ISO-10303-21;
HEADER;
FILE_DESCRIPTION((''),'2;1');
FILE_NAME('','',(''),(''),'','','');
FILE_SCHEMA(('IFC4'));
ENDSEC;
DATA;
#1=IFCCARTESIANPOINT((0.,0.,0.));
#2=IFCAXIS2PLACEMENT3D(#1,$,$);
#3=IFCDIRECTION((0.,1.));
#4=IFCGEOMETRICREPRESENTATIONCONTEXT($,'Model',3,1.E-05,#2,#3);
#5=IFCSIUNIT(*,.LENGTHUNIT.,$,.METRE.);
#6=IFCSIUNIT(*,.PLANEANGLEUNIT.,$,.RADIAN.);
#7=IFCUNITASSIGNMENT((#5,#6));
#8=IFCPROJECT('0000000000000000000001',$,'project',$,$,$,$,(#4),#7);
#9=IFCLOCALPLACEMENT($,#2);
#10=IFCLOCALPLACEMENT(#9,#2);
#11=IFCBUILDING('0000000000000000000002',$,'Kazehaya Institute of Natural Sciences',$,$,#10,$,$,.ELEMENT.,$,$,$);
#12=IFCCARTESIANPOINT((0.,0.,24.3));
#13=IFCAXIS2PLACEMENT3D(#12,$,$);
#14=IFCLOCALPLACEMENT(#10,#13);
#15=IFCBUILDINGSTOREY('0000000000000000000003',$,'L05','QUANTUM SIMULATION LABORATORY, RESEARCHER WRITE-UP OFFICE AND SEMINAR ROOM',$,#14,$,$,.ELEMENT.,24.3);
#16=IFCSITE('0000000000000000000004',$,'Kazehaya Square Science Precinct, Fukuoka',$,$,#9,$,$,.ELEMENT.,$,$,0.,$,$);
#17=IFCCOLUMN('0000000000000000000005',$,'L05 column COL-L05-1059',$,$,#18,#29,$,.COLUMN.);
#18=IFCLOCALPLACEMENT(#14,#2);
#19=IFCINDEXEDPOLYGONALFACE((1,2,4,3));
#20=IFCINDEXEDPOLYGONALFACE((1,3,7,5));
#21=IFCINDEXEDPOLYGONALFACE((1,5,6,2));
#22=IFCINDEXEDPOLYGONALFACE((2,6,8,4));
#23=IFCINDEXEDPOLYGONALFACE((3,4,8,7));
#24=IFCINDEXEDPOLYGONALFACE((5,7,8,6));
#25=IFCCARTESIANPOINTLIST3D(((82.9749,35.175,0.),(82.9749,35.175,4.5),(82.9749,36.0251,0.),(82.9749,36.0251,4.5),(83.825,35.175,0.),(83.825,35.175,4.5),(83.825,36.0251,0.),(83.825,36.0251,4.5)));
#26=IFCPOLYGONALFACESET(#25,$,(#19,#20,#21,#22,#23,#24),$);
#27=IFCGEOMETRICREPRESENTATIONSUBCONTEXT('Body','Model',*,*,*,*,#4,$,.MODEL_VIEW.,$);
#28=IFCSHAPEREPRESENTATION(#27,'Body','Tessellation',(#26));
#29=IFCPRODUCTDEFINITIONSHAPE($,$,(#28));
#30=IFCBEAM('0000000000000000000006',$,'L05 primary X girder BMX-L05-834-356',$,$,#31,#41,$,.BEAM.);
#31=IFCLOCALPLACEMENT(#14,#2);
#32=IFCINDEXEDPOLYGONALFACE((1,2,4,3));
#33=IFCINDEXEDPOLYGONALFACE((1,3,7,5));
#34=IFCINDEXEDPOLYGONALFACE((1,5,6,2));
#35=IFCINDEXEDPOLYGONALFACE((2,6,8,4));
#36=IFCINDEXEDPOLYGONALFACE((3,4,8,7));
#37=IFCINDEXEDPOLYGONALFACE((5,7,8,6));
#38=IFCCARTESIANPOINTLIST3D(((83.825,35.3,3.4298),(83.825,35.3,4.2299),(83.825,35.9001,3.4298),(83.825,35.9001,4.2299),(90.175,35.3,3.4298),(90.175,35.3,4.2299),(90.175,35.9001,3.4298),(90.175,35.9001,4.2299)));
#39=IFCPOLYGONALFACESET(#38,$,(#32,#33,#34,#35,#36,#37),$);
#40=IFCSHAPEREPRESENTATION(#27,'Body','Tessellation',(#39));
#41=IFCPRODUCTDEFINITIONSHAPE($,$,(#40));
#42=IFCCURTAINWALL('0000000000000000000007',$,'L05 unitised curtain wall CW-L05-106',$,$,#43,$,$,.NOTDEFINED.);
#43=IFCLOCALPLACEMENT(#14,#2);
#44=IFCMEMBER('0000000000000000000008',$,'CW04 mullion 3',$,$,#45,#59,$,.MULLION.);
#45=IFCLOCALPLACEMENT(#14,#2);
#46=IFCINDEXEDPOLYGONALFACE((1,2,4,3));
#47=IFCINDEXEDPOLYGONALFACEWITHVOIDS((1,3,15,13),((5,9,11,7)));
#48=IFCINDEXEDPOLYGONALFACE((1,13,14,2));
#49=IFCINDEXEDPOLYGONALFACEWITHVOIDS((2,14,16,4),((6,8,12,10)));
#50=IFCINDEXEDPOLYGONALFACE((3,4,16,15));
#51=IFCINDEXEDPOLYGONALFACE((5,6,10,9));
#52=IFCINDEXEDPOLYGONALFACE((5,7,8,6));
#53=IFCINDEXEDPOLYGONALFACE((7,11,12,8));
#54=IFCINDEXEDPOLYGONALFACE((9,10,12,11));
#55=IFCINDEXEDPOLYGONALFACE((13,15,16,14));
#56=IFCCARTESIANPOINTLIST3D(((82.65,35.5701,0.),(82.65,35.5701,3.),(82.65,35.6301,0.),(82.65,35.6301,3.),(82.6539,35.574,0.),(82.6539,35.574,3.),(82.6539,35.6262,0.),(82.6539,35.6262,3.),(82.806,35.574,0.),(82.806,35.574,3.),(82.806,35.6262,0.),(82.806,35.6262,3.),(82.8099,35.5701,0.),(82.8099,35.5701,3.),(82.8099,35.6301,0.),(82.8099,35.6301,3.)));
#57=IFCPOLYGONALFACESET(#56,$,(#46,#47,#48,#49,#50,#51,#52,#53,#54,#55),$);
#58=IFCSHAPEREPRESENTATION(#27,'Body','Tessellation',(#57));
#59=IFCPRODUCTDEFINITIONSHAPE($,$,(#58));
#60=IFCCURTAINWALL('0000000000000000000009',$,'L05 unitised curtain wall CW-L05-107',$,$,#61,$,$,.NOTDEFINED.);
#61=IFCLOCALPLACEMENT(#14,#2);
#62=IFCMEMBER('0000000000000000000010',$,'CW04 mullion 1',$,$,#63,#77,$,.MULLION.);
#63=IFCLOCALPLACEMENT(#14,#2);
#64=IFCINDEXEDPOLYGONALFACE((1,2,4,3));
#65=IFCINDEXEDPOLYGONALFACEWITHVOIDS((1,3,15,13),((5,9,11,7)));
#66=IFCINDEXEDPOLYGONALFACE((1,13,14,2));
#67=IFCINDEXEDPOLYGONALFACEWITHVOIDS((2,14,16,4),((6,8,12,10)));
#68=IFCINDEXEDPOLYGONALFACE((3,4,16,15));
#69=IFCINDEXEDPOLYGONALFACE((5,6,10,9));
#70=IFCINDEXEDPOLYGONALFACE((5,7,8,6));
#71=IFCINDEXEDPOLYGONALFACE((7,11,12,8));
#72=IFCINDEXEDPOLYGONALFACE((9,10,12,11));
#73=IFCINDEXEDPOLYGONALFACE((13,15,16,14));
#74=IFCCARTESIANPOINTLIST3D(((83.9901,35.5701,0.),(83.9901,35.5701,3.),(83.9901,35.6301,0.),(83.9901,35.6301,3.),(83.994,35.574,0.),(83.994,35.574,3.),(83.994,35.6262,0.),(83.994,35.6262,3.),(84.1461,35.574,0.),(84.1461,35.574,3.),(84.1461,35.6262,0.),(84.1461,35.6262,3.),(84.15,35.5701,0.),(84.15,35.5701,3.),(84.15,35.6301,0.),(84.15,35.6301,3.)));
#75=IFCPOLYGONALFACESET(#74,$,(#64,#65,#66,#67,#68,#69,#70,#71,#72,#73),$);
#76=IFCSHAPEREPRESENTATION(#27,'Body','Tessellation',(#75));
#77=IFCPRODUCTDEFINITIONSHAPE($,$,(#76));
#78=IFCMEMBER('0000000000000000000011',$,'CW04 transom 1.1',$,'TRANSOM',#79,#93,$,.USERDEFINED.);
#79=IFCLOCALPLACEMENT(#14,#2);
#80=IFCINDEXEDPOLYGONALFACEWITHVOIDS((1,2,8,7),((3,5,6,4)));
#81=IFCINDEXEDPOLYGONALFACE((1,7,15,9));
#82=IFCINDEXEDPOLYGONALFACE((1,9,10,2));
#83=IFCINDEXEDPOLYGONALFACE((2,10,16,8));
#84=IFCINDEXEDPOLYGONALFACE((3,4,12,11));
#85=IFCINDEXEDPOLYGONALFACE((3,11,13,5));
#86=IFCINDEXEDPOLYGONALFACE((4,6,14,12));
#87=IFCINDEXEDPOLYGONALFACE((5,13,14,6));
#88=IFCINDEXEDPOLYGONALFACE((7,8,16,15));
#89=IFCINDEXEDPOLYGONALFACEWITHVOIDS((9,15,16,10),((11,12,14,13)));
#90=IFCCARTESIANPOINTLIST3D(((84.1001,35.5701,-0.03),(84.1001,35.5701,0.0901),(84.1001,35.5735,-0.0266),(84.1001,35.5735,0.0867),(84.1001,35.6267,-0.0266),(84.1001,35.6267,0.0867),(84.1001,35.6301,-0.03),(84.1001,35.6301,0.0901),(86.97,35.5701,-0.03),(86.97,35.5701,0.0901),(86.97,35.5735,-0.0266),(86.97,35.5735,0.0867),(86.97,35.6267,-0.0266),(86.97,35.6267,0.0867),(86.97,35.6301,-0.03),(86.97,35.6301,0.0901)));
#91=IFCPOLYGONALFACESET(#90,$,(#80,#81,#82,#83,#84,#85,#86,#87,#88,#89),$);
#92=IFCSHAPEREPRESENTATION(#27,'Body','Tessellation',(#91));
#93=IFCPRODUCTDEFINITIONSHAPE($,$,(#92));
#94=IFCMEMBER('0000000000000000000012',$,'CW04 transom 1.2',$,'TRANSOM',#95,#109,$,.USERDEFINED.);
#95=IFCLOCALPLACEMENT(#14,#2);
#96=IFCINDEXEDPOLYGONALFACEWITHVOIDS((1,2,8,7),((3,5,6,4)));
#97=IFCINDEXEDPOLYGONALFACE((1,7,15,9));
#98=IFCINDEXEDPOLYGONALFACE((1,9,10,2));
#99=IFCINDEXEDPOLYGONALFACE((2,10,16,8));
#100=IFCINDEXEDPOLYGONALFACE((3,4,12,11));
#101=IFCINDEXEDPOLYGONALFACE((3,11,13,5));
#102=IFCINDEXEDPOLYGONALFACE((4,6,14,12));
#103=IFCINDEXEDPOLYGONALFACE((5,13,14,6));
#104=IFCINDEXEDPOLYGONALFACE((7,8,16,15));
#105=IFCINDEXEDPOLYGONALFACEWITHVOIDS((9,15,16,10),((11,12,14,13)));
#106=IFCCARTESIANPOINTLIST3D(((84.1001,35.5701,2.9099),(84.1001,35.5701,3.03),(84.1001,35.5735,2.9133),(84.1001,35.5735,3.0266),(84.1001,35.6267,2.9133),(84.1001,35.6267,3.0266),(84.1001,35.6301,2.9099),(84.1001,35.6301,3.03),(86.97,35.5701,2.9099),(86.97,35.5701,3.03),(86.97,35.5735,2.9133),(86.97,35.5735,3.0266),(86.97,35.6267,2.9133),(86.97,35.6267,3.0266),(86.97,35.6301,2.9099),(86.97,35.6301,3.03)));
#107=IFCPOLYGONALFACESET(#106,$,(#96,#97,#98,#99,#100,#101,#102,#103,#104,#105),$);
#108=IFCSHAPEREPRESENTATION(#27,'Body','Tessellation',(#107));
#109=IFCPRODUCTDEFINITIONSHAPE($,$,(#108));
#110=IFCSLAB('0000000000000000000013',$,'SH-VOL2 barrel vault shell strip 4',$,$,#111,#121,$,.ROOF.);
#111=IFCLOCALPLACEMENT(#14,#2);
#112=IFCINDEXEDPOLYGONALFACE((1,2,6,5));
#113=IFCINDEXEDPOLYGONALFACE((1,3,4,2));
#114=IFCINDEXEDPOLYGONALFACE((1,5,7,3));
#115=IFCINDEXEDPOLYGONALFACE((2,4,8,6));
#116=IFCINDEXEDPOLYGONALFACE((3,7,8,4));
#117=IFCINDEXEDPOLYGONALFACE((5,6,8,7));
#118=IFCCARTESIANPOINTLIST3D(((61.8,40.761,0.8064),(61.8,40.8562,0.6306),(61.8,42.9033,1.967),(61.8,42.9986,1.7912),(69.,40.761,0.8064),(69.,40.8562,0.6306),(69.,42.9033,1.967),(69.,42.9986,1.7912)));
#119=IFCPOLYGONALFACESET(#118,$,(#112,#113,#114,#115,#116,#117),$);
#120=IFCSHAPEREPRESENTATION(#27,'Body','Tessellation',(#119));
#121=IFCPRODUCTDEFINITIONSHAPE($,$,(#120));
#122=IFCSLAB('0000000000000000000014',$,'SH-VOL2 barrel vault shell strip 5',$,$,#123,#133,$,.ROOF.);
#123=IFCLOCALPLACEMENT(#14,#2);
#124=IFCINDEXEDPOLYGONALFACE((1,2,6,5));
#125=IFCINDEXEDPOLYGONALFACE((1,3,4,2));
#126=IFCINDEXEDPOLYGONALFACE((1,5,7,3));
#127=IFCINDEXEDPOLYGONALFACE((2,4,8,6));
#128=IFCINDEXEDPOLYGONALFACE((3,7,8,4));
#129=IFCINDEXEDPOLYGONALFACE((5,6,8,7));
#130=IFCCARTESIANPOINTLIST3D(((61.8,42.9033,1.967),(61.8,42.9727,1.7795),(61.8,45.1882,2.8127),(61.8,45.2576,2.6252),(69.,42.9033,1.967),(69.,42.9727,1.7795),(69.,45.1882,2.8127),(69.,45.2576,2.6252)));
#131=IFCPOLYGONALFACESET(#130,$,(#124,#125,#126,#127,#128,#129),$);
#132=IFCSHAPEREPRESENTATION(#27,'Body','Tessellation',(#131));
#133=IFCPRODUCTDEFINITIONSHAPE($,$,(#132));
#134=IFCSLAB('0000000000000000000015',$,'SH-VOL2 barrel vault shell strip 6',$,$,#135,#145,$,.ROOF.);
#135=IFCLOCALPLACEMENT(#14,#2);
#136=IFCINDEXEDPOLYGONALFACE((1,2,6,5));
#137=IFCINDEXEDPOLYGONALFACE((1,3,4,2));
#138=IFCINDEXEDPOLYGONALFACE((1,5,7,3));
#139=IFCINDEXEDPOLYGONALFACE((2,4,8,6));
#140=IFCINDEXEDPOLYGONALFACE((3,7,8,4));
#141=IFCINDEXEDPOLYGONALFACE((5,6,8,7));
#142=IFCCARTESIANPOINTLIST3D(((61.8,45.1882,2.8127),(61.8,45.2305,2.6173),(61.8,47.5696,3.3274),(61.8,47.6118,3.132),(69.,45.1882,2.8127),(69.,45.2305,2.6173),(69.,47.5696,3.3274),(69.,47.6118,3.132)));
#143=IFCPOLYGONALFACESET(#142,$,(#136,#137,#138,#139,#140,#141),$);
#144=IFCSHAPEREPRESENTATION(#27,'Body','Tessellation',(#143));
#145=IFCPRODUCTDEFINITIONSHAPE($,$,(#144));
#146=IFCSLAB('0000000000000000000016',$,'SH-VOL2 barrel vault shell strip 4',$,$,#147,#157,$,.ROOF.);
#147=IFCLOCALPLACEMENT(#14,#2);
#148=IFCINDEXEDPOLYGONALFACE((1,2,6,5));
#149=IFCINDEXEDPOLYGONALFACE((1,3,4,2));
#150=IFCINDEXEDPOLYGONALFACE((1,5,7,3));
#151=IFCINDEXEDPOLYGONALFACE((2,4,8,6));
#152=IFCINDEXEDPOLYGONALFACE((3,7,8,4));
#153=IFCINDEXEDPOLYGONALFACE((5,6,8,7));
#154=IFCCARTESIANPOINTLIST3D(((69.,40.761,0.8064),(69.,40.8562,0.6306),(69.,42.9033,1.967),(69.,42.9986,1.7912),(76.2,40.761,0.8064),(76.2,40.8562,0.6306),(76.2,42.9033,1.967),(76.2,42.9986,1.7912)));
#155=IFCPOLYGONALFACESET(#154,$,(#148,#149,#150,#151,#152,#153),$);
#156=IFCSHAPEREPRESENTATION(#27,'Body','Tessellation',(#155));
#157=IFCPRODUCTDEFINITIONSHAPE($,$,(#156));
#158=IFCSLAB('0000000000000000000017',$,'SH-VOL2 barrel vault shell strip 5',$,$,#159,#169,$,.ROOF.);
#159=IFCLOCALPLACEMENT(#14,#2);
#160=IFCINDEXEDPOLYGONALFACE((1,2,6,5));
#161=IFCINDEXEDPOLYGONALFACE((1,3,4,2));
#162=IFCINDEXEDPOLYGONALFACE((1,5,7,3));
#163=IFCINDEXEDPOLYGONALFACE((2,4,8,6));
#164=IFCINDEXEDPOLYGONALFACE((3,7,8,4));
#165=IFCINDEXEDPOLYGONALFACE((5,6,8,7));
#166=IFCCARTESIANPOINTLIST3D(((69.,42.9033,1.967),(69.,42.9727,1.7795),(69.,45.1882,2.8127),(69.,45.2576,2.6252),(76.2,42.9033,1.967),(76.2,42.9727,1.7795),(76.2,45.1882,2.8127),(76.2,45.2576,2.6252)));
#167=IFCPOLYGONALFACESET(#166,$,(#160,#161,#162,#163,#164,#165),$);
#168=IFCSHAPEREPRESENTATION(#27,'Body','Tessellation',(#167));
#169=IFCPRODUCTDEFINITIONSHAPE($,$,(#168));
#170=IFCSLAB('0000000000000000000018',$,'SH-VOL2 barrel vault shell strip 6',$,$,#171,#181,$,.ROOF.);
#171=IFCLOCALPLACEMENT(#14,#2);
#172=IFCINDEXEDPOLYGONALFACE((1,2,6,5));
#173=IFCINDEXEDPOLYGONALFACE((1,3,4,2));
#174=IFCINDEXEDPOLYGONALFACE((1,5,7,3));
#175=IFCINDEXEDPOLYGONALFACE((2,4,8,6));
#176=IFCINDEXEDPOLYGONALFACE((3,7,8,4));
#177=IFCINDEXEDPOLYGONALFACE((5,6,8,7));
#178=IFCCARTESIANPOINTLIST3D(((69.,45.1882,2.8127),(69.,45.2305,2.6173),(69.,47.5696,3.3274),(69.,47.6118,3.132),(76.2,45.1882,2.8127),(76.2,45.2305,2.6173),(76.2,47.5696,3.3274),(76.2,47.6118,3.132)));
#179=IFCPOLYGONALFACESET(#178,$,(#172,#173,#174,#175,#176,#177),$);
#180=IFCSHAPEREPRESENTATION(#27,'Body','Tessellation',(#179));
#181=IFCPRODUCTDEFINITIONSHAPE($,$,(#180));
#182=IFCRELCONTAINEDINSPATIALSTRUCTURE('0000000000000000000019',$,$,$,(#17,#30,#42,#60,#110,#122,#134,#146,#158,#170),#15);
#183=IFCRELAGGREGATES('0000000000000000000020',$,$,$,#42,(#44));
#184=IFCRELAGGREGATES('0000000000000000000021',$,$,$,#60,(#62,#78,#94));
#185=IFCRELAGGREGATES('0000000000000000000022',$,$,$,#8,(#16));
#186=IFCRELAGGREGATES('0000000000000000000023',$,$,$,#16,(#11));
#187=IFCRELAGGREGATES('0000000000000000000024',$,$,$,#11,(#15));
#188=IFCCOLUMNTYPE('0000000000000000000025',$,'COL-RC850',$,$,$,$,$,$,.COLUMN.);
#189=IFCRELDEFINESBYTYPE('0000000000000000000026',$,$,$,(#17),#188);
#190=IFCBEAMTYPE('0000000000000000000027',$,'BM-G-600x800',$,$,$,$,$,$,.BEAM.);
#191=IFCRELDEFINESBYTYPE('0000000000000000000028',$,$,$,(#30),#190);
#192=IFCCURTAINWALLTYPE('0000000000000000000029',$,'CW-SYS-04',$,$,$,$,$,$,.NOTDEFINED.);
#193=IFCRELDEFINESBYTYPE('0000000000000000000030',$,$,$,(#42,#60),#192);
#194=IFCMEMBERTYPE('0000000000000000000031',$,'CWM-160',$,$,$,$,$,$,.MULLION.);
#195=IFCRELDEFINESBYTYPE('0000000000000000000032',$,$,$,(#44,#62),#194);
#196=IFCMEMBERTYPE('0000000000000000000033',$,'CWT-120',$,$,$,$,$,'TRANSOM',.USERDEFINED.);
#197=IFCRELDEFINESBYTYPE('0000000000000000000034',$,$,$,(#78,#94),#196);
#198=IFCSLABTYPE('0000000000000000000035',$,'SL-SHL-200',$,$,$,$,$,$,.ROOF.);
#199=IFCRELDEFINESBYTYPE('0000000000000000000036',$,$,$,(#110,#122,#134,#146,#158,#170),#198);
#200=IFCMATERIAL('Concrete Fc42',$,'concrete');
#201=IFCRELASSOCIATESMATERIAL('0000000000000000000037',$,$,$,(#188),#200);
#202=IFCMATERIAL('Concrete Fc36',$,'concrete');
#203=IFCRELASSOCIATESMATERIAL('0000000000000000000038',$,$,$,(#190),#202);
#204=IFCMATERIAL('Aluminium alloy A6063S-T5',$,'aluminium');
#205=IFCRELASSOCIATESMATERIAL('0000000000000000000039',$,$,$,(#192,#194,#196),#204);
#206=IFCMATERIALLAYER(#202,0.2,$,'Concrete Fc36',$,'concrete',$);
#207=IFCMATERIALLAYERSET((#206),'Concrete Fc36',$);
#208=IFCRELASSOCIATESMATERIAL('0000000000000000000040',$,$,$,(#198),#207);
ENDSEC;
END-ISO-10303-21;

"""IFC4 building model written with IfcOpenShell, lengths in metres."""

from ifc_helpers import new_model, si_unit, direction, frame, origin, origin_2d, place, context, subcontext, project, spatial, polyline, rectangle, hollow_rectangle, outline, extrude, material, layer, layer_set, material_profile, profile_set, type_object, element, aggregate, save


model = new_model("IFC4")

# Units and contexts
model_context = context("Model", 3, precision=1e-05, world=origin(), true_north=direction((0.0, 1.0)))
body_context = subcontext(model_context, "Body", "Model", "MODEL_VIEW")
ifc_project = project(units=[si_unit("LENGTHUNIT", "METRE"), si_unit("PLANEANGLEUNIT", "RADIAN")], contexts=[model_context])

# Site, building, storey
site_placement = place(None, origin())
site = spatial("IfcSite", under=ifc_project, at=site_placement, Name="Kazehaya Square Science Precinct, Fukuoka", CompositionType="ELEMENT", RefElevation=0.0)
building_placement = place(site_placement, origin())
building = spatial("IfcBuilding", under=site, at=building_placement, Name="Kazehaya Institute of Natural Sciences", CompositionType="ELEMENT")
storey_placement = place(building_placement, frame((0.0, 0.0, 24.3)))
storey = spatial("IfcBuildingStorey", under=building, at=storey_placement, Name="L05", Description="QUANTUM SIMULATION LABORATORY, RESEARCHER WRITE-UP OFFICE AND SEMINAR ROOM", CompositionType="ELEMENT", Elevation=24.3)

# Column
ifc_material_1 = material(Name="Concrete Fc42", Category="concrete")
ifc_material_profile_1 = material_profile(ifc_material_1, rectangle(XDim=0.8501, YDim=0.8501, at=origin_2d()), Name="RC-850x850")
ifc_profile_set_1 = profile_set([ifc_material_profile_1], Name="Concrete Fc42")
column_type = type_object("IfcColumnType", Name="COL-RC850", PredefinedType="COLUMN", material=ifc_profile_set_1)
column_placement = place(storey_placement, frame((83.3999, 35.6001, 0.0), z_axis=(0.0, 0.0, 1.0), x_axis=(1.0, 0.0, 0.0)))
element("IfcColumn", 1, at=column_placement, inside=storey, type_object=column_type, Name="L05 column COL-L05-1059", PredefinedType="COLUMN", context=body_context, shape_type="SweptSolid", body=[
    extrude(rectangle(XDim=0.8501, YDim=0.8501, at=origin_2d()), origin(), (0.0, 0.0, 1.0), 4.5),
])

# Beam
ifc_material_2 = material(Name="Concrete Fc36", Category="concrete")
ifc_material_profile_2 = material_profile(ifc_material_2, rectangle(XDim=0.6001, YDim=0.8, at=origin_2d()), Name="RC-600x800")
ifc_profile_set_2 = profile_set([ifc_material_profile_2], Name="Concrete Fc36")
beam_type = type_object("IfcBeamType", Name="BM-G-600x800", PredefinedType="BEAM", material=ifc_profile_set_2)
beam_placement = place(storey_placement, frame((83.825, 35.6001, 3.8298), z_axis=(1.0, 0.0, 0.0), x_axis=(0.0, 1.0, 0.0)))
element("IfcBeam", 2, at=beam_placement, inside=storey, type_object=beam_type, Name="L05 primary X girder BMX-L05-834-356", PredefinedType="BEAM", context=body_context, shape_type="SweptSolid", body=[
    extrude(rectangle(XDim=0.6001, YDim=0.8, at=origin_2d()), origin(), (0.0, 0.0, 1.0), 6.3501),
])

# Curtain wall, member
ifc_material_3 = material(Name="Aluminium alloy A6063S-T5", Category="aluminium")
curtain_wall_type = type_object("IfcCurtainWallType", Name="CW-SYS-04", PredefinedType="NOTDEFINED", material=ifc_material_3)
curtain_wall_1_placement = place(storey_placement, origin())
curtain_wall_1 = element("IfcCurtainWall", 3, at=curtain_wall_1_placement, inside=storey, type_object=curtain_wall_type, Name="L05 unitised curtain wall CW-L05-106", PredefinedType="NOTDEFINED")
ifc_material_profile_3 = material_profile(ifc_material_3, hollow_rectangle(XDim=0.0601, YDim=0.1599, WallThickness=0.0039, at=origin_2d()), Name="ALU-60x160x4")
ifc_profile_set_3 = profile_set([ifc_material_profile_3], Name="Aluminium alloy A6063S-T5")
member_type_1 = type_object("IfcMemberType", Name="CWM-160", PredefinedType="MULLION", material=ifc_profile_set_3)
member_1_placement = place(storey_placement, frame((82.73, 35.6001, 0.0), z_axis=(0.0, 0.0, 1.0), x_axis=(0.0, 1.0, 0.0)))
member_1 = element("IfcMember", 4, at=member_1_placement, type_object=member_type_1, Name="CW04 mullion 3", PredefinedType="MULLION", context=body_context, shape_type="SweptSolid", body=[
    extrude(hollow_rectangle(XDim=0.0601, YDim=0.1599, WallThickness=0.0039, at=origin_2d()), origin(), (0.0, 0.0, 1.0), 3.0),
])
aggregate(curtain_wall_1, [member_1])

# Curtain wall, members
curtain_wall_2_placement = place(storey_placement, origin())
curtain_wall_2 = element("IfcCurtainWall", 5, at=curtain_wall_2_placement, inside=storey, type_object=curtain_wall_type, Name="L05 unitised curtain wall CW-L05-107", PredefinedType="NOTDEFINED")
member_2_placement = place(storey_placement, frame((84.0701, 35.6001, 0.0), z_axis=(0.0, 0.0, 1.0), x_axis=(0.0, 1.0, 0.0)))
member_2 = element("IfcMember", 6, at=member_2_placement, type_object=member_type_1, Name="CW04 mullion 1", PredefinedType="MULLION", context=body_context, shape_type="SweptSolid", body=[
    extrude(hollow_rectangle(XDim=0.0601, YDim=0.1599, WallThickness=0.0039, at=origin_2d()), origin(), (0.0, 0.0, 1.0), 3.0),
])
ifc_material_profile_4 = material_profile(ifc_material_3, hollow_rectangle(XDim=0.0601, YDim=0.1201, WallThickness=0.0034, at=origin_2d()), Name="ALU-60x120x3.5")
ifc_profile_set_4 = profile_set([ifc_material_profile_4], Name="Aluminium alloy A6063S-T5")
member_type_2 = type_object("IfcMemberType", Name="CWT-120", ElementType="TRANSOM", PredefinedType="USERDEFINED", material=ifc_profile_set_4)
member_3_placement = place(storey_placement, frame((84.1001, 35.6001, 0.03), z_axis=(1.0, 0.0, 0.0), x_axis=(0.0, 1.0, 0.0)))
member_3 = element("IfcMember", 7, at=member_3_placement, type_object=member_type_2, Name="CW04 transom 1.1", ObjectType="TRANSOM", PredefinedType="USERDEFINED", context=body_context, shape_type="SweptSolid", body=[
    extrude(hollow_rectangle(XDim=0.0601, YDim=0.1201, WallThickness=0.0034, at=origin_2d()), origin(), (0.0, 0.0, 1.0), 2.8699),
])
member_4_placement = place(storey_placement, frame((84.1001, 35.6001, 2.97), z_axis=(1.0, 0.0, 0.0), x_axis=(0.0, 1.0, 0.0)))
member_4 = element("IfcMember", 8, at=member_4_placement, type_object=member_type_2, Name="CW04 transom 1.2", ObjectType="TRANSOM", PredefinedType="USERDEFINED", context=body_context, shape_type="SweptSolid", body=[
    extrude(hollow_rectangle(XDim=0.0601, YDim=0.1201, WallThickness=0.0034, at=origin_2d()), origin(), (0.0, 0.0, 1.0), 2.8699),
])
aggregate(curtain_wall_2, [member_2, member_3, member_4])

# Slabs
ifc_layer = layer(ifc_material_2, 0.2, Name="Concrete Fc36", Category="concrete")
ifc_layer_set = layer_set([ifc_layer], Name="Concrete Fc36")
slab_type = type_object("IfcSlabType", Name="SL-SHL-200", PredefinedType="ROOF", material=ifc_layer_set)
slab_1_placement = place(storey_placement, frame((61.8, 40.761, 0.8064), z_axis=(0.0, -0.476351, 0.879255), x_axis=(1.0, 0.0, 0.0)))
element("IfcSlab", 9, at=slab_1_placement, inside=storey, type_object=slab_type, Name="SH-VOL2 barrel vault shell strip 4", PredefinedType="ROOF", context=body_context, shape_type="SweptSolid", body=[
    extrude(outline(polyline([(0.0, 0.0), (7.2, 0.0), (7.2, 2.4365), (0.0, 2.4365), (0.0, 0.0)])), origin(), (0.0, 0.0, -1.0), 0.2),
])
slab_2_placement = place(storey_placement, frame((61.8, 42.9033, 1.967), z_axis=(0.0, -0.347112, 0.937824), x_axis=(1.0, 0.0, 0.0)))
element("IfcSlab", 10, at=slab_2_placement, inside=storey, type_object=slab_type, Name="SH-VOL2 barrel vault shell strip 5", PredefinedType="ROOF", context=body_context, shape_type="SweptSolid", body=[
    extrude(outline(polyline([(0.0, 0.0), (7.2, 0.0), (7.2, 2.4364), (0.0, 2.4364), (0.0, 0.0)])), origin(), (0.0, 0.0, -1.0), 0.2),
])
slab_3_placement = place(storey_placement, frame((61.8, 45.1882, 2.8127), z_axis=(0.0, -0.21124, 0.977434), x_axis=(1.0, 0.0, 0.0)))
element("IfcSlab", 11, at=slab_3_placement, inside=storey, type_object=slab_type, Name="SH-VOL2 barrel vault shell strip 6", PredefinedType="ROOF", context=body_context, shape_type="SweptSolid", body=[
    extrude(outline(polyline([(0.0, 0.0), (7.2, 0.0), (7.2, 2.4363), (0.0, 2.4363), (0.0, 0.0)])), origin(), (0.0, 0.0, -1.0), 0.2),
])
slab_4_placement = place(storey_placement, frame((69.0, 40.761, 0.8064), z_axis=(0.0, -0.476351, 0.879255), x_axis=(1.0, 0.0, 0.0)))
element("IfcSlab", 12, at=slab_4_placement, inside=storey, type_object=slab_type, Name="SH-VOL2 barrel vault shell strip 4", PredefinedType="ROOF", context=body_context, shape_type="SweptSolid", body=[
    extrude(outline(polyline([(0.0, 0.0), (7.2, 0.0), (7.2, 2.4365), (0.0, 2.4365), (0.0, 0.0)])), origin(), (0.0, 0.0, -1.0), 0.2),
])
slab_5_placement = place(storey_placement, frame((69.0, 42.9033, 1.967), z_axis=(0.0, -0.347112, 0.937824), x_axis=(1.0, 0.0, 0.0)))
element("IfcSlab", 13, at=slab_5_placement, inside=storey, type_object=slab_type, Name="SH-VOL2 barrel vault shell strip 5", PredefinedType="ROOF", context=body_context, shape_type="SweptSolid", body=[
    extrude(outline(polyline([(0.0, 0.0), (7.2, 0.0), (7.2, 2.4364), (0.0, 2.4364), (0.0, 0.0)])), origin(), (0.0, 0.0, -1.0), 0.2),
])
slab_6_placement = place(storey_placement, frame((69.0, 45.1882, 2.8127), z_axis=(0.0, -0.21124, 0.977434), x_axis=(1.0, 0.0, 0.0)))
element("IfcSlab", 14, at=slab_6_placement, inside=storey, type_object=slab_type, Name="SH-VOL2 barrel vault shell strip 6", PredefinedType="ROOF", context=body_context, shape_type="SweptSolid", body=[
    extrude(outline(polyline([(0.0, 0.0), (7.2, 0.0), (7.2, 2.4363), (0.0, 2.4363), (0.0, 0.0)])), origin(), (0.0, 0.0, -1.0), 0.2),
])

save(model, "model.ifc")
